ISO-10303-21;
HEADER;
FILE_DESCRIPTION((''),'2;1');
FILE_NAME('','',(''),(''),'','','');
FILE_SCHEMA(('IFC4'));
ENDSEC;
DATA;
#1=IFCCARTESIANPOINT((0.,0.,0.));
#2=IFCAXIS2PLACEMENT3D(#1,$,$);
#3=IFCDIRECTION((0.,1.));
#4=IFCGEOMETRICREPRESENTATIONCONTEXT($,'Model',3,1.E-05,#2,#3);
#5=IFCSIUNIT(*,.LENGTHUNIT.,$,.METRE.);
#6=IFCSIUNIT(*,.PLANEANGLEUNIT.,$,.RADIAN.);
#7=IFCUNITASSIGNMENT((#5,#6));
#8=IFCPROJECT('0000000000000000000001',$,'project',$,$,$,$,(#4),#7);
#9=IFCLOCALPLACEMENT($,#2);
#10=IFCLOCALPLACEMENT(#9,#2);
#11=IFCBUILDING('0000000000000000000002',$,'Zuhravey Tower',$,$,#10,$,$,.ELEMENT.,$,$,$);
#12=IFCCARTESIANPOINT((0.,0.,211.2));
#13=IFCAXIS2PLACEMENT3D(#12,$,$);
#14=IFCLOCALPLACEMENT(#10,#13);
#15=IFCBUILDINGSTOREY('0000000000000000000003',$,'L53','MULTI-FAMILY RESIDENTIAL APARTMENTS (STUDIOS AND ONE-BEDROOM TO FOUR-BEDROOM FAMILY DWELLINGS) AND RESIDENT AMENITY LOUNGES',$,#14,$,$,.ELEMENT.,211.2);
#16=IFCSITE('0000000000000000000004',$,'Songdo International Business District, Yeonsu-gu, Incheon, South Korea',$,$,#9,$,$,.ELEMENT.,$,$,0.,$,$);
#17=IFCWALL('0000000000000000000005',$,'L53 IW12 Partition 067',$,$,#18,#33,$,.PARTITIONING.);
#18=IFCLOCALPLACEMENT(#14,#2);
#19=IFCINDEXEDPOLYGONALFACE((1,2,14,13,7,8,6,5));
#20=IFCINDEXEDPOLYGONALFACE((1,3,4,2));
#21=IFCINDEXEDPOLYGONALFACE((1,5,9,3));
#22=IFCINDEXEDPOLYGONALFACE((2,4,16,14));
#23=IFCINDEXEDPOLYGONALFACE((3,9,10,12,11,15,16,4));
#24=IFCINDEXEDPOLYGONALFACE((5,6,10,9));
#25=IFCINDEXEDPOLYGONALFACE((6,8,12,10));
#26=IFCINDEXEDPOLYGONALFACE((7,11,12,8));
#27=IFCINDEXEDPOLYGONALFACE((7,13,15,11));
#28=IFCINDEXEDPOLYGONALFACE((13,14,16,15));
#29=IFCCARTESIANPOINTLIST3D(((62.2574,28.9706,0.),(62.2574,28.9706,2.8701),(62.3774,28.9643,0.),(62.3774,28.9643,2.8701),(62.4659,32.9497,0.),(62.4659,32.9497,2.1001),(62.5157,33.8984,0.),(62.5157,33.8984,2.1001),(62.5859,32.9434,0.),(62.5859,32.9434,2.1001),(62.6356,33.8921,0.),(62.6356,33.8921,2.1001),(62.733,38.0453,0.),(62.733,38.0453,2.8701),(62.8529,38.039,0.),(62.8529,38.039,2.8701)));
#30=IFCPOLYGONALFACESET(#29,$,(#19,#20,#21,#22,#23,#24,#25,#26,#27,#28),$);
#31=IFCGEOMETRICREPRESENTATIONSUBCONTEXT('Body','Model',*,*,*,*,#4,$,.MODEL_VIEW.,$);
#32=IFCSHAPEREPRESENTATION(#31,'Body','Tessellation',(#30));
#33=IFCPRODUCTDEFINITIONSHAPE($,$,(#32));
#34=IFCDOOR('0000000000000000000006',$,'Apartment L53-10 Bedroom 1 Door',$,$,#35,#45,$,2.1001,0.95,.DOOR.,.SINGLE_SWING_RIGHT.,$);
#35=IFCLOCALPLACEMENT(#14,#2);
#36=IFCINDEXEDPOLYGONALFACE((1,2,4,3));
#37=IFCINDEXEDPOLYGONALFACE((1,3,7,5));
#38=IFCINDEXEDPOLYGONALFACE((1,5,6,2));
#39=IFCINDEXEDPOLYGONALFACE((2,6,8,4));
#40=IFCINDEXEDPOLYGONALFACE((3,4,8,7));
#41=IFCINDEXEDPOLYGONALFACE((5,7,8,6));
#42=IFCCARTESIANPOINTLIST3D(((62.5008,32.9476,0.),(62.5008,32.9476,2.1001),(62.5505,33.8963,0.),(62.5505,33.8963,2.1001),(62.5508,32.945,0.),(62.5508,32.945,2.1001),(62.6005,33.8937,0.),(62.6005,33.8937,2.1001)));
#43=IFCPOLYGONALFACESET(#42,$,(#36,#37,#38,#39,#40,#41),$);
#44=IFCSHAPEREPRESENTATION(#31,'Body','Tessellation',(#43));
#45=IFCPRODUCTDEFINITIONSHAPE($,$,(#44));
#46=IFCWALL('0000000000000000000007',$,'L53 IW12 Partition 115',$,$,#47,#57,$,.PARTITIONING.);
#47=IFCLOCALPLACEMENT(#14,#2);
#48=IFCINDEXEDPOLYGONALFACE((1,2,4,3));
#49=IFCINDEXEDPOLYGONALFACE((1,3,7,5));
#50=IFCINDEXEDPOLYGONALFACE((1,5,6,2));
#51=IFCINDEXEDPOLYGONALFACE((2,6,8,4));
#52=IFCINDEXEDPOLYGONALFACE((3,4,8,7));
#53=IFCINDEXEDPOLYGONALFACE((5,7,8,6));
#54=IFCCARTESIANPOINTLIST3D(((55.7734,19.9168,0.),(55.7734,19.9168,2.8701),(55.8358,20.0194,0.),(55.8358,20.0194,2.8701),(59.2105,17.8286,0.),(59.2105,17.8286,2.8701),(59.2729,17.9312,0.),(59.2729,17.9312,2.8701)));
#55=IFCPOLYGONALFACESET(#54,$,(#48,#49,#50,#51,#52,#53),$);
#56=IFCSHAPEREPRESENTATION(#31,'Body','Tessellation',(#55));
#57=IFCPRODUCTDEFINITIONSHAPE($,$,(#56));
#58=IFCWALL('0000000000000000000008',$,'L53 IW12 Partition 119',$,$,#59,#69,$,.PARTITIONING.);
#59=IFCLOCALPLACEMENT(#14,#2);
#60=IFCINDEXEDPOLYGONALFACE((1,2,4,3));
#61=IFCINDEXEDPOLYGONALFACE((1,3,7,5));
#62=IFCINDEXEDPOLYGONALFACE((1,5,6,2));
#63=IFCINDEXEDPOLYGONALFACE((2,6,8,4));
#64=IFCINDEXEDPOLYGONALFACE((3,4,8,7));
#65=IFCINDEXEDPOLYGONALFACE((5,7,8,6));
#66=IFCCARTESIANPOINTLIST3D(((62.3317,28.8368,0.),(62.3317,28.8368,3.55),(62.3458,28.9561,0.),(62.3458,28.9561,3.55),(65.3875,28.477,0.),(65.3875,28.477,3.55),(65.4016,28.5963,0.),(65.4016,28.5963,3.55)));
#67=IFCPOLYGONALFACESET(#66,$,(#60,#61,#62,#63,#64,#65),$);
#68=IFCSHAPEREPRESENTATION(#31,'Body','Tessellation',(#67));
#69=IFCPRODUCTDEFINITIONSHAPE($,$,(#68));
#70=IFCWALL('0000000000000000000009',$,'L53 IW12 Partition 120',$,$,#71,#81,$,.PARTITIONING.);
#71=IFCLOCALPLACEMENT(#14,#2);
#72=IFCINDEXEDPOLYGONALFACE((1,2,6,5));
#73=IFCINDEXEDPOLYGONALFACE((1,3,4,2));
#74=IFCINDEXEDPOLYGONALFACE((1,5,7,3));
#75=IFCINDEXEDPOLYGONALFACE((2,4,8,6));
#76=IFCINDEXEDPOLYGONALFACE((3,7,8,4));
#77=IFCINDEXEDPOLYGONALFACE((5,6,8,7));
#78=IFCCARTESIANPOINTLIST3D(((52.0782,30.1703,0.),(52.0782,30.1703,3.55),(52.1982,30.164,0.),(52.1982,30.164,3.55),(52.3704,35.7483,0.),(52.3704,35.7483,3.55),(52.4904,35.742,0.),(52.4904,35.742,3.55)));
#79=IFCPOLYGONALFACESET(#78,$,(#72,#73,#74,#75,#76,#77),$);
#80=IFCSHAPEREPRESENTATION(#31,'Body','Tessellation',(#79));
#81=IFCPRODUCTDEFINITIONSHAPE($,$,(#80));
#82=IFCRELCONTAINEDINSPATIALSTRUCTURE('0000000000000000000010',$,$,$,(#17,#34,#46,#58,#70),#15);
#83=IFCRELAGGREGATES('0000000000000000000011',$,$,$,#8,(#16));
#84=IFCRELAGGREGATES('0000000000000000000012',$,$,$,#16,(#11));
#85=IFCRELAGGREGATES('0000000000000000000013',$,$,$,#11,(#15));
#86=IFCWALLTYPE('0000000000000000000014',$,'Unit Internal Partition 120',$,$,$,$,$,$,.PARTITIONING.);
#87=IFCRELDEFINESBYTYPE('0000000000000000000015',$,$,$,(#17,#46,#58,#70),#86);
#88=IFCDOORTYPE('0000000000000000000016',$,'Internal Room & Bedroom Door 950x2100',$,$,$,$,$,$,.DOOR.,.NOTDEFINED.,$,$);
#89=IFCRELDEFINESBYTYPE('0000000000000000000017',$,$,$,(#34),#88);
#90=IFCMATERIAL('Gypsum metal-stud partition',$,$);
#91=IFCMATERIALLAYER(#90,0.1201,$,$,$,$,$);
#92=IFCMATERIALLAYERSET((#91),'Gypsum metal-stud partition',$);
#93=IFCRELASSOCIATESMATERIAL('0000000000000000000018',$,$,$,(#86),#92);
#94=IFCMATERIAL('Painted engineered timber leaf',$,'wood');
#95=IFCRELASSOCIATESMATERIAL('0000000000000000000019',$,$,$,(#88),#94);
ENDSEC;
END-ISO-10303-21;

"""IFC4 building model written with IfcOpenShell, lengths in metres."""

from ifc_helpers import new_model, si_unit, direction, frame, frame_2d, origin, place, context, subcontext, project, spatial, rectangle, extrude, material, layer, layer_set, type_object, element, fill, save


model = new_model("IFC4")

# Units and contexts
model_context = context("Model", 3, precision=1e-05, world=origin(), true_north=direction((0.0, 1.0)))
body_context = subcontext(model_context, "Body", "Model", "MODEL_VIEW")
ifc_project = project(units=[si_unit("LENGTHUNIT", "METRE"), si_unit("PLANEANGLEUNIT", "RADIAN")], contexts=[model_context])

# Site, building, storey
site_placement = place(None, origin())
site = spatial("IfcSite", under=ifc_project, at=site_placement, Name="Songdo International Business District, Yeonsu-gu, Incheon, South Korea", CompositionType="ELEMENT", RefElevation=0.0)
building_placement = place(site_placement, origin())
building = spatial("IfcBuilding", under=site, at=building_placement, Name="Zuhravey Tower", CompositionType="ELEMENT")
storey_placement = place(building_placement, frame((0.0, 0.0, 211.2)))
storey = spatial("IfcBuildingStorey", under=building, at=storey_placement, Name="L53", Description="MULTI-FAMILY RESIDENTIAL APARTMENTS (STUDIOS AND ONE-BEDROOM TO FOUR-BEDROOM FAMILY DWELLINGS) AND RESIDENT AMENITY LOUNGES", CompositionType="ELEMENT", Elevation=211.2)

# Wall, opening, door
ifc_material_1 = material(Name="Gypsum metal-stud partition")
ifc_layer_1 = layer(ifc_material_1, 0.1201)
ifc_layer_set_1 = layer_set([ifc_layer_1], Name="Gypsum metal-stud partition")
wall_type_1 = type_object("IfcWallType", Name="Unit Internal Partition 120", PredefinedType="PARTITIONING", material=ifc_layer_set_1)
ifc_material_2 = material(Name="Painted engineered timber leaf", Category="wood")
door_type_1 = type_object("IfcDoorType", Name="Internal Room & Bedroom Door 950x2100", OperationType="NOTDEFINED", PredefinedType="DOOR", material=ifc_material_2)
wall_1_placement = place(storey_placement, frame((62.3174, 28.9675, 0.0), z_axis=(0.0, 0.0, 1.0), x_axis=(0.052336, 0.99863, 0.0)))
wall_1 = element("IfcWall", 1, at=wall_1_placement, inside=storey, type_object=wall_type_1, Name="L53 IW12 Partition 067", PredefinedType="PARTITIONING", context=body_context, shape_type="SweptSolid", body=[
    extrude(rectangle(XDim=9.0872, YDim=0.1201, at=frame_2d((4.5435, 0.0))), origin(), (0.0, 0.0, 1.0), 2.8701),
])
opening_1_placement = place(wall_1_placement, frame((3.9844, 0.0, 0.0)))
opening_1 = element("IfcOpeningElement", 2, at=opening_1_placement, cuts=wall_1, PredefinedType="OPENING", context=body_context, shape_type="SweptSolid", body=[
    extrude(rectangle(XDim=0.95, YDim=2.1001, at=frame_2d((0.4751, 1.05))), frame((0.0, 0.072, 0.0), z_axis=(0.0, -1.0, 0.0), x_axis=(1.0, 0.0, 0.0)), (0.0, 0.0, 1.0), 0.144),
])
door_1_placement = place(opening_1_placement, frame((0.95, 0.0, 0.0), z_axis=(0.0, 0.0, 1.0), x_axis=(-1.0, 0.0, 0.0)))
door_1 = element("IfcDoor", 3, at=door_1_placement, inside=storey, type_object=door_type_1, Name="Apartment L53-10 Bedroom 1 Door", OperationType="SINGLE_SWING_RIGHT", OverallHeight=2.1001, OverallWidth=0.95, PredefinedType="DOOR", context=body_context, shape_type="SweptSolid", body=[
    extrude(rectangle(XDim=0.95, YDim=2.1001, at=frame_2d((0.4751, 1.05))), frame((0.0, 0.0249, 0.0), z_axis=(0.0, -1.0, 0.0), x_axis=(1.0, 0.0, 0.0)), (0.0, 0.0, 1.0), 0.05),
])
fill(opening_1, door_1)

# Walls
wall_2_placement = place(storey_placement, frame((55.8047, 19.968, 0.0), z_axis=(0.0, 0.0, 1.0), x_axis=(0.854636, -0.519228, 0.0)))
element("IfcWall", 4, at=wall_2_placement, inside=storey, type_object=wall_type_1, Name="L53 IW12 Partition 115", PredefinedType="PARTITIONING", context=body_context, shape_type="SweptSolid", body=[
    extrude(rectangle(XDim=4.0217, YDim=0.1201, at=frame_2d((2.0107, 0.0))), origin(), (0.0, 0.0, 1.0), 2.8701),
])
wall_3_placement = place(storey_placement, frame((62.3386, 28.8965, 0.0), z_axis=(0.0, 0.0, 1.0), x_axis=(0.993138, -0.116952, 0.0)))
element("IfcWall", 5, at=wall_3_placement, inside=storey, type_object=wall_type_1, Name="L53 IW12 Partition 119", PredefinedType="PARTITIONING", context=body_context, shape_type="SweptSolid", body=[
    extrude(rectangle(XDim=3.0769, YDim=0.1201, at=frame_2d((1.5386, 0.0))), origin(), (0.0, 0.0, 1.0), 3.55),
])
wall_4_placement = place(storey_placement, frame((52.1382, 30.167, 0.0), z_axis=(0.0, 0.0, 1.0), x_axis=(0.052318, 0.99863, 0.0)))
element("IfcWall", 6, at=wall_4_placement, inside=storey, type_object=wall_type_1, Name="L53 IW12 Partition 120", PredefinedType="PARTITIONING", context=body_context, shape_type="SweptSolid", body=[
    extrude(rectangle(XDim=5.5857, YDim=0.1201, at=frame_2d((2.793, 0.0))), origin(), (0.0, 0.0, 1.0), 3.55),
])

save(model, "model.ifc")
